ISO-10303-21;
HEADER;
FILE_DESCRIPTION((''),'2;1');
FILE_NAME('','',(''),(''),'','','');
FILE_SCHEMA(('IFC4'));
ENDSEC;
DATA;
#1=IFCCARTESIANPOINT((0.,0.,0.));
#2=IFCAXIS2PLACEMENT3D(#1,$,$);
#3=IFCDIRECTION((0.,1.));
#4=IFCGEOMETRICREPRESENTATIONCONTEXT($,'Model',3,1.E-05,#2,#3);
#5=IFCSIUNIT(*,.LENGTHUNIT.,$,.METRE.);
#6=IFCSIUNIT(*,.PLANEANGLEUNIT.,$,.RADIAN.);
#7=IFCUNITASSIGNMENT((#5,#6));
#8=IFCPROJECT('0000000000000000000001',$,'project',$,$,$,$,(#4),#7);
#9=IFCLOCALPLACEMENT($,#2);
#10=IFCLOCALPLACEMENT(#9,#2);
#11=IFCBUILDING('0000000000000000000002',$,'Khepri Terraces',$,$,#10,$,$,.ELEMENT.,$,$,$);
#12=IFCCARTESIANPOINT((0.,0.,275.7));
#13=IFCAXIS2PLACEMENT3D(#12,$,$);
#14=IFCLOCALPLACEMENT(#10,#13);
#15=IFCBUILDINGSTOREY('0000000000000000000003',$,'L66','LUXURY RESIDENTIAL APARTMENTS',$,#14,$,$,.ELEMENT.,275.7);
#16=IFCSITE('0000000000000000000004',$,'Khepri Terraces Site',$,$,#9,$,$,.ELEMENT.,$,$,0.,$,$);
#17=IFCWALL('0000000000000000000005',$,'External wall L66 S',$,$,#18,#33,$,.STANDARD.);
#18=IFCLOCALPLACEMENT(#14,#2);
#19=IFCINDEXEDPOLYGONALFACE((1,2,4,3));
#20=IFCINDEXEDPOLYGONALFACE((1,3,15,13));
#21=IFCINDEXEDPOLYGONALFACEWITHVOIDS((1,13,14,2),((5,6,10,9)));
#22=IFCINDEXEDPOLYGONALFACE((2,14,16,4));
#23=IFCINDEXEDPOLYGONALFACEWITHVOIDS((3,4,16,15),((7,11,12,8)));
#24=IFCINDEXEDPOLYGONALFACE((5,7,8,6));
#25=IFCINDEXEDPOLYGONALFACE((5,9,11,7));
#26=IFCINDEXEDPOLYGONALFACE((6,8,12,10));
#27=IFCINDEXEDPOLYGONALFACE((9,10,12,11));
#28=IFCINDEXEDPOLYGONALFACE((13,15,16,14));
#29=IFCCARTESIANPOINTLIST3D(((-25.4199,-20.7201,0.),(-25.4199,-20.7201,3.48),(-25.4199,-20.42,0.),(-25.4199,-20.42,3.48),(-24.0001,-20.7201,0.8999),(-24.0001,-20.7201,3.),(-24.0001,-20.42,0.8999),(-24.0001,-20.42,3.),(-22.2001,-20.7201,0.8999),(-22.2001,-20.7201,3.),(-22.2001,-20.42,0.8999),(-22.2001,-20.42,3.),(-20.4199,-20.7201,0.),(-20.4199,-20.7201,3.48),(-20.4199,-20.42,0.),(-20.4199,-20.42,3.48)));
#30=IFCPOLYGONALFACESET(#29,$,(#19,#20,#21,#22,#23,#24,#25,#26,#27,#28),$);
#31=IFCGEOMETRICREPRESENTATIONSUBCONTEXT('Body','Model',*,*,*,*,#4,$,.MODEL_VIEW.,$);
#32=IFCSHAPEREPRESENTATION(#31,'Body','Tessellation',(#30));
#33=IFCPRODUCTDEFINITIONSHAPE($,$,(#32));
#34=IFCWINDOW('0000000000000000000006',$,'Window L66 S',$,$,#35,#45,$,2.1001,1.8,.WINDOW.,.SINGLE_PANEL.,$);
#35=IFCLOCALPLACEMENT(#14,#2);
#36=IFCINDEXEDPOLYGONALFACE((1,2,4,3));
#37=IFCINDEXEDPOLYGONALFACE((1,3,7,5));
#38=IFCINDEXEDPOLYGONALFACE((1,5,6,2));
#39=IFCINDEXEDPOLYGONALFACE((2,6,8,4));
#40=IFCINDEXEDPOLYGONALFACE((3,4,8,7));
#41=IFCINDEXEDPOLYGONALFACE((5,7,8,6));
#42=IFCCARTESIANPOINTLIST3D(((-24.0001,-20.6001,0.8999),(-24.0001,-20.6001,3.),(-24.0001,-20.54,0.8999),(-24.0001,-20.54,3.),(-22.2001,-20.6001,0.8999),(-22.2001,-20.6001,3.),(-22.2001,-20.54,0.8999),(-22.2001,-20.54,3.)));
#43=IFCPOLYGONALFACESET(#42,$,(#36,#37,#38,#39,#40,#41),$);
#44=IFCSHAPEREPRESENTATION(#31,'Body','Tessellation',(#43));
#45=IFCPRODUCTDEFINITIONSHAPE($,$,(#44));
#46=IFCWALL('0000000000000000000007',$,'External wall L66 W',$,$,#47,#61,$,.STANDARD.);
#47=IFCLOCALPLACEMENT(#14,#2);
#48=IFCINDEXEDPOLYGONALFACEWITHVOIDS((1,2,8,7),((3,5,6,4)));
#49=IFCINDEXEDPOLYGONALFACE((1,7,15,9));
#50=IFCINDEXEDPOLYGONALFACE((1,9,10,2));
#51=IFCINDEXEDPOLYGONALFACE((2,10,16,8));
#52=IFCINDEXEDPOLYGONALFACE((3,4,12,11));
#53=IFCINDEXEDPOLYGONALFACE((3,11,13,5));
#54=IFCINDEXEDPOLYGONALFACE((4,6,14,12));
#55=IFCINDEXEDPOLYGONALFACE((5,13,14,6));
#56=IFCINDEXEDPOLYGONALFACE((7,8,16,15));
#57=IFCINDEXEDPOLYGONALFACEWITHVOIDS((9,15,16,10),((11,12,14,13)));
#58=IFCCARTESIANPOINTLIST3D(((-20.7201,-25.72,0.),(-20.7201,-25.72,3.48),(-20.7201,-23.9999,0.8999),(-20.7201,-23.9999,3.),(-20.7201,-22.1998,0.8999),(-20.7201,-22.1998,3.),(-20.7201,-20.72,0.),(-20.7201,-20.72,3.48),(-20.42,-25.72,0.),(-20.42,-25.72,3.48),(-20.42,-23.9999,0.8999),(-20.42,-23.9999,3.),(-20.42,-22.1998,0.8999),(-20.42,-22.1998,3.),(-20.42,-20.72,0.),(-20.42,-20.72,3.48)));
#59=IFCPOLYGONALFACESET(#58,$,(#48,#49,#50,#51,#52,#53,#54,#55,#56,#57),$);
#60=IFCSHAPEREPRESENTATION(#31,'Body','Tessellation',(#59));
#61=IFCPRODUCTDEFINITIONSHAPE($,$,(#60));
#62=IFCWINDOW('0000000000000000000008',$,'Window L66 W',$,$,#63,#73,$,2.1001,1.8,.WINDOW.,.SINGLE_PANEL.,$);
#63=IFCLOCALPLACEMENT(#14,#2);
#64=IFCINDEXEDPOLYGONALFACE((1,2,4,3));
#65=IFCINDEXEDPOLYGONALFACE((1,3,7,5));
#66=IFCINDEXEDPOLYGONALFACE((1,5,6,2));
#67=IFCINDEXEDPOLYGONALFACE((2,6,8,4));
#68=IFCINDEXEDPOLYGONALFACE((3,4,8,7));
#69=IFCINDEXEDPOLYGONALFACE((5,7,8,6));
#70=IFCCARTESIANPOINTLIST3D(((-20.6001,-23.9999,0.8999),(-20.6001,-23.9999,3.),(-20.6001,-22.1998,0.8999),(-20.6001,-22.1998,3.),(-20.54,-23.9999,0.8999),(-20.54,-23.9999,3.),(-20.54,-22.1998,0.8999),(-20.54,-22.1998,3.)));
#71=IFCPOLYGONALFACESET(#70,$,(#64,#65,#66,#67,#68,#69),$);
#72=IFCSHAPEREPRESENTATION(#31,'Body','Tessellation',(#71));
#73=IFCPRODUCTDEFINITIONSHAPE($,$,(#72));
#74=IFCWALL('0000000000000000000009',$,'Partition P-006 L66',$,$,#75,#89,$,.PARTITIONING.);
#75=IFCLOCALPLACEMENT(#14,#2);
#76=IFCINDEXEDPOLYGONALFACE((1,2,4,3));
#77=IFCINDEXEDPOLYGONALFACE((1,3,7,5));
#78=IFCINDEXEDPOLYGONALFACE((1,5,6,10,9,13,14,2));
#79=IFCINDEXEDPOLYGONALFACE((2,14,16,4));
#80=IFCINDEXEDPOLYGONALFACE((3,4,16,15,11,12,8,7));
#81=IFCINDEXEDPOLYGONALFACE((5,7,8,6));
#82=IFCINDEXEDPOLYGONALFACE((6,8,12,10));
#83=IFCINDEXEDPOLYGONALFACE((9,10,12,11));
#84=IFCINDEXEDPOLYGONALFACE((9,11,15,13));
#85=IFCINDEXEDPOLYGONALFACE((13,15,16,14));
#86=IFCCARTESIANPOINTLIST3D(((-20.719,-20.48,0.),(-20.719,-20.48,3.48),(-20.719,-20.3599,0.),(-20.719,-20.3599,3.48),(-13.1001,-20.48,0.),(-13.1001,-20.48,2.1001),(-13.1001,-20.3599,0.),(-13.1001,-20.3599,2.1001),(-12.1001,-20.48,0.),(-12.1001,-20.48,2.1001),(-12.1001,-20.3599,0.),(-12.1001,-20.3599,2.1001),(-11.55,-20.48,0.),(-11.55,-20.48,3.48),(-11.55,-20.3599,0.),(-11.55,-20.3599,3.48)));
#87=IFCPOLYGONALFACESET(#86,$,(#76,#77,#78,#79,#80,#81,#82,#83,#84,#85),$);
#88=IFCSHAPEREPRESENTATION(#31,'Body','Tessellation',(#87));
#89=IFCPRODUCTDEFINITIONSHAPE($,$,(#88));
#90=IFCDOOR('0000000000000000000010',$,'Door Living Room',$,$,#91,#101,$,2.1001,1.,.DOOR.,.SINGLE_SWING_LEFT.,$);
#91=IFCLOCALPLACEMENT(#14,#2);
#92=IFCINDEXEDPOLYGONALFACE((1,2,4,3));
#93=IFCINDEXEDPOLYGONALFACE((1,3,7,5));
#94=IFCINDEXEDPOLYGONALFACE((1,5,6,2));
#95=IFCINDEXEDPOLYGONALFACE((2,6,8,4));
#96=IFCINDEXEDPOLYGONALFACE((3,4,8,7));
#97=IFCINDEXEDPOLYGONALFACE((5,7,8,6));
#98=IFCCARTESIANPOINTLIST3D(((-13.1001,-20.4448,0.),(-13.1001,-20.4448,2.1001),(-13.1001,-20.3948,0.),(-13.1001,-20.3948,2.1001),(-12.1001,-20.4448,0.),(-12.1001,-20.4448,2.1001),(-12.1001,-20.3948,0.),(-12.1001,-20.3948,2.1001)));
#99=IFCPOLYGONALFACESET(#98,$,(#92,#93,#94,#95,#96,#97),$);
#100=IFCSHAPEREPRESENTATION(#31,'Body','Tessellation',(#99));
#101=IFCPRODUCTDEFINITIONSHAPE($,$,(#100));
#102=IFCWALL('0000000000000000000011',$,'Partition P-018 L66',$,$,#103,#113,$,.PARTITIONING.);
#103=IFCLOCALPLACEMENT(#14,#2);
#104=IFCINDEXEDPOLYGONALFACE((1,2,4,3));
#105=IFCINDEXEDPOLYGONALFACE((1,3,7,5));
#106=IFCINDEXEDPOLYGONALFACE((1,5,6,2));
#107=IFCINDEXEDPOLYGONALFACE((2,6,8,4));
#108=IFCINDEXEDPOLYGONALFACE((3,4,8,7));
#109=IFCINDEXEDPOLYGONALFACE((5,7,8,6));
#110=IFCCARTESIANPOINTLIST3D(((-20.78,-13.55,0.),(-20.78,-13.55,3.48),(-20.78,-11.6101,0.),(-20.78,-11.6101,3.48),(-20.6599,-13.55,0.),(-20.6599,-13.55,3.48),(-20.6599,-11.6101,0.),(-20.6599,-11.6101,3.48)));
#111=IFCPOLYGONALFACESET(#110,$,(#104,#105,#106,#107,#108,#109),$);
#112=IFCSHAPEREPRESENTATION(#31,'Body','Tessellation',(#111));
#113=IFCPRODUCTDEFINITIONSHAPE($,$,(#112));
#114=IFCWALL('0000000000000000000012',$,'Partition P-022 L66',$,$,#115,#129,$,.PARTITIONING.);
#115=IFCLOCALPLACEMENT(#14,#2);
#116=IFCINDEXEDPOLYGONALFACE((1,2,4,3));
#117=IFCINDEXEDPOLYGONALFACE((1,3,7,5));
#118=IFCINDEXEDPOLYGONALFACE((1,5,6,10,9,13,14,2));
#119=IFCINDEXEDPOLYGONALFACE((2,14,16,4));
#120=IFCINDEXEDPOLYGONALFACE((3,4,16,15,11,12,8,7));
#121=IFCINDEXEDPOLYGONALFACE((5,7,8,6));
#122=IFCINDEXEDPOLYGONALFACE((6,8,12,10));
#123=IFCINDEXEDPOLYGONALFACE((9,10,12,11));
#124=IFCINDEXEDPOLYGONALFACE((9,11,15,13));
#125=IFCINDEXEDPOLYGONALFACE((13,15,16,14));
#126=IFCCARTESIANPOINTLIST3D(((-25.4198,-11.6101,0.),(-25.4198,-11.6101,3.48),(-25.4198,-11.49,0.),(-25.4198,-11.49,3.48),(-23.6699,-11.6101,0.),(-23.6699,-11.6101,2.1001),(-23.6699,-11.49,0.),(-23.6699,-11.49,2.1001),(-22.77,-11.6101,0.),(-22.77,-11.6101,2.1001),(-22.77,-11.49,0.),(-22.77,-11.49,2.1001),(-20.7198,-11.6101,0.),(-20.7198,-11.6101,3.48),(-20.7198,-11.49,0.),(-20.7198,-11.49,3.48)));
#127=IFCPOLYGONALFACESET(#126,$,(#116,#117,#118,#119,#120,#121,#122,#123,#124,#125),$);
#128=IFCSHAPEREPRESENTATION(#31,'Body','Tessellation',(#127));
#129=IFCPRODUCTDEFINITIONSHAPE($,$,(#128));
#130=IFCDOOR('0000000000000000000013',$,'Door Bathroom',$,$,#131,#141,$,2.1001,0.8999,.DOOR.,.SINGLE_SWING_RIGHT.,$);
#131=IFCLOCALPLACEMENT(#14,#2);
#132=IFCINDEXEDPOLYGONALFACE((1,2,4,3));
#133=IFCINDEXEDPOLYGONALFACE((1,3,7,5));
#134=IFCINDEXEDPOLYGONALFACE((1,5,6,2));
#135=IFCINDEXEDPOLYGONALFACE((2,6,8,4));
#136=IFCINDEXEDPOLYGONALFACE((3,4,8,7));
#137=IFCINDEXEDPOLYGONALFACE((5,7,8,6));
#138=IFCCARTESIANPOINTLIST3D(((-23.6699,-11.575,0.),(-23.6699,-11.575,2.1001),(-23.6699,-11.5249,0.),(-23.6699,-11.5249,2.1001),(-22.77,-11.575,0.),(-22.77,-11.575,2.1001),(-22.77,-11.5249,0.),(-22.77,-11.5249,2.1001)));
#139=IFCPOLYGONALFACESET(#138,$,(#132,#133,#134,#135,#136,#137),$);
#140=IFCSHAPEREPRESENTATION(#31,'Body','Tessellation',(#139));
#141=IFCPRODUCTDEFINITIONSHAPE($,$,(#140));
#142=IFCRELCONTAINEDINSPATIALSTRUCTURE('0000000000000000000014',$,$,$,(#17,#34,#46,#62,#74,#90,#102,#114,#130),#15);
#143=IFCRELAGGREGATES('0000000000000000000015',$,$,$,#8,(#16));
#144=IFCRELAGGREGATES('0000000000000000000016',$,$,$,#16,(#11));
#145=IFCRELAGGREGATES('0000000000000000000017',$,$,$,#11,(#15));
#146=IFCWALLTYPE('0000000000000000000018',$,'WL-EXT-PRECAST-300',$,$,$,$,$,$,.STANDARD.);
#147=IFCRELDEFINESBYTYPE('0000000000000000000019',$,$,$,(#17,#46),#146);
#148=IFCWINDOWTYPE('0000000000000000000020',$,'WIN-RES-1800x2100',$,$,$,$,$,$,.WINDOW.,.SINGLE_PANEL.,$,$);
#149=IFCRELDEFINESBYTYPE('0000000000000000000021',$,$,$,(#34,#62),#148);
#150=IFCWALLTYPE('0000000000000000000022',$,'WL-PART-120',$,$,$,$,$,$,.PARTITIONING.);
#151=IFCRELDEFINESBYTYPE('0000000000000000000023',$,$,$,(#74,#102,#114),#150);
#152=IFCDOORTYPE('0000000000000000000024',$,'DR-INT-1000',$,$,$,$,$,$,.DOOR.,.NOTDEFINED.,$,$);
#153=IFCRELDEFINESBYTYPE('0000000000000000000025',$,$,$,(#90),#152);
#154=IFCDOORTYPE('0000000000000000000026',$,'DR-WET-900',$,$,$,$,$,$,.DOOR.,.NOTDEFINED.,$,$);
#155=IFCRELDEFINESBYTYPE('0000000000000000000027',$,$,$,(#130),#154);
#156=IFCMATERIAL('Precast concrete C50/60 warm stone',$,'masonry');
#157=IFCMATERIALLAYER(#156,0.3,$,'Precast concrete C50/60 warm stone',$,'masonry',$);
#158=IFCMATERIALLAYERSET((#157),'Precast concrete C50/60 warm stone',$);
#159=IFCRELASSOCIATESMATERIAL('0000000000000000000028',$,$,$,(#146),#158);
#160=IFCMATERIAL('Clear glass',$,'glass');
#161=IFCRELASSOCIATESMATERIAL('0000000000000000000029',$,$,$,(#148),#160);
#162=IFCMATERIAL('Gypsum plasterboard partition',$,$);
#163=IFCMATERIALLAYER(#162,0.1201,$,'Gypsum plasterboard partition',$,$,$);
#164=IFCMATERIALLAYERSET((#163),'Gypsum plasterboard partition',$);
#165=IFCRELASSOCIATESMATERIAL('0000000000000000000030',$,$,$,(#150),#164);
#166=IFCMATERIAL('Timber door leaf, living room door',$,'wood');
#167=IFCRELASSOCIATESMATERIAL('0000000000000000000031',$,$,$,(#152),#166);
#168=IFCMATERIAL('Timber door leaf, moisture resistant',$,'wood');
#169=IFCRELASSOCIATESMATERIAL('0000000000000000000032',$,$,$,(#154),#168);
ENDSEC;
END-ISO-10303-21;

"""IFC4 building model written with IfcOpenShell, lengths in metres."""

from ifc_helpers import new_model, si_unit, direction, frame, frame_2d, origin, place, context, subcontext, project, spatial, rectangle, extrude, material, layer, layer_set, type_object, element, fill, save


model = new_model("IFC4")

# Units and contexts
model_context = context("Model", 3, precision=1e-05, world=origin(), true_north=direction((0.0, 1.0)))
body_context = subcontext(model_context, "Body", "Model", "MODEL_VIEW")
ifc_project = project(units=[si_unit("LENGTHUNIT", "METRE"), si_unit("PLANEANGLEUNIT", "RADIAN")], contexts=[model_context])

# Site, building, storey
site_placement = place(None, origin())
site = spatial("IfcSite", under=ifc_project, at=site_placement, Name="Khepri Terraces Site", CompositionType="ELEMENT", RefElevation=0.0)
building_placement = place(site_placement, origin())
building = spatial("IfcBuilding", under=site, at=building_placement, Name="Khepri Terraces", CompositionType="ELEMENT")
storey_placement = place(building_placement, frame((0.0, 0.0, 275.7)))
storey = spatial("IfcBuildingStorey", under=building, at=storey_placement, Name="L66", Description="LUXURY RESIDENTIAL APARTMENTS", CompositionType="ELEMENT", Elevation=275.7)

# Shared definitions
ifc_material_1 = material(Name="Precast concrete C50/60 warm stone", Category="masonry")
ifc_layer_1 = layer(ifc_material_1, 0.3, Name="Precast concrete C50/60 warm stone", Category="masonry")
ifc_layer_set_1 = layer_set([ifc_layer_1], Name="Precast concrete C50/60 warm stone")
wall_type_1 = type_object("IfcWallType", Name="WL-EXT-PRECAST-300", PredefinedType="STANDARD", material=ifc_layer_set_1)
ifc_material_2 = material(Name="Clear glass", Category="glass")
window_type = type_object("IfcWindowType", Name="WIN-RES-1800x2100", PartitioningType="SINGLE_PANEL", PredefinedType="WINDOW", material=ifc_material_2)

# Walls, openings, windows
wall_1_placement = place(storey_placement, frame((-25.4199, -20.5701, 0.0), z_axis=(0.0, 0.0, 1.0), x_axis=(1.0, 0.0, 0.0)))
wall_1 = element("IfcWall", 1, at=wall_1_placement, inside=storey, type_object=wall_type_1, Name="External wall L66 S", PredefinedType="STANDARD", context=body_context, shape_type="SweptSolid", body=[
    extrude(rectangle(XDim=5.0, YDim=0.3, at=frame_2d((2.5, 0.0))), origin(), (0.0, 0.0, 1.0), 3.48),
])
opening_1_placement = place(wall_1_placement, frame((1.4199, 0.0, 0.8999)))
opening_1 = element("IfcOpeningElement", 2, at=opening_1_placement, cuts=wall_1, PredefinedType="OPENING", context=body_context, shape_type="SweptSolid", body=[
    extrude(rectangle(XDim=1.8, YDim=2.1001, at=frame_2d((0.8999, 1.05))), frame((0.0, 0.1602, 0.0), z_axis=(0.0, -1.0, 0.0), x_axis=(1.0, 0.0, 0.0)), (0.0, 0.0, 1.0), 0.3201),
])
window_1_placement = place(opening_1_placement, origin())
window_1 = element("IfcWindow", 3, at=window_1_placement, inside=storey, type_object=window_type, Name="Window L66 S", OverallHeight=2.1001, OverallWidth=1.8, PartitioningType="SINGLE_PANEL", PredefinedType="WINDOW", context=body_context, shape_type="SweptSolid", body=[
    extrude(rectangle(XDim=1.8, YDim=2.1001, at=frame_2d((0.8999, 1.05))), frame((0.0, 0.03, 0.0), z_axis=(0.0, -1.0, 0.0), x_axis=(1.0, 0.0, 0.0)), (0.0, 0.0, 1.0), 0.0601),
])
fill(opening_1, window_1)
wall_2_placement = place(storey_placement, frame((-20.5701, -20.72, 0.0), z_axis=(0.0, 0.0, 1.0), x_axis=(0.0, -1.0, 0.0)))
wall_2 = element("IfcWall", 4, at=wall_2_placement, inside=storey, type_object=wall_type_1, Name="External wall L66 W", PredefinedType="STANDARD", context=body_context, shape_type="SweptSolid", body=[
    extrude(rectangle(XDim=5.0, YDim=0.3, at=frame_2d((2.5, 0.0))), origin(), (0.0, 0.0, 1.0), 3.48),
])
opening_2_placement = place(wall_2_placement, frame((1.48, 0.0, 0.8999)))
opening_2 = element("IfcOpeningElement", 5, at=opening_2_placement, cuts=wall_2, PredefinedType="OPENING", context=body_context, shape_type="SweptSolid", body=[
    extrude(rectangle(XDim=1.8, YDim=2.1001, at=frame_2d((0.8999, 1.05))), frame((0.0, 0.1602, 0.0), z_axis=(0.0, -1.0, 0.0), x_axis=(1.0, 0.0, 0.0)), (0.0, 0.0, 1.0), 0.3201),
])
window_2_placement = place(opening_2_placement, origin())
window_2 = element("IfcWindow", 6, at=window_2_placement, inside=storey, type_object=window_type, Name="Window L66 W", OverallHeight=2.1001, OverallWidth=1.8, PartitioningType="SINGLE_PANEL", PredefinedType="WINDOW", context=body_context, shape_type="SweptSolid", body=[
    extrude(rectangle(XDim=1.8, YDim=2.1001, at=frame_2d((0.8999, 1.05))), frame((0.0, 0.03, 0.0), z_axis=(0.0, -1.0, 0.0), x_axis=(1.0, 0.0, 0.0)), (0.0, 0.0, 1.0), 0.0601),
])
fill(opening_2, window_2)

# Wall, opening, door
ifc_material_3 = material(Name="Gypsum plasterboard partition")
ifc_layer_2 = layer(ifc_material_3, 0.1201, Name="Gypsum plasterboard partition")
ifc_layer_set_2 = layer_set([ifc_layer_2], Name="Gypsum plasterboard partition")
wall_type_2 = type_object("IfcWallType", Name="WL-PART-120", PredefinedType="PARTITIONING", material=ifc_layer_set_2)
wall_3_placement = place(storey_placement, frame((-20.719, -20.4199, 0.0), z_axis=(0.0, 0.0, 1.0), x_axis=(1.0, 0.0, 0.0)))
wall_3 = element("IfcWall", 7, at=wall_3_placement, inside=storey, type_object=wall_type_2, Name="Partition P-006 L66", PredefinedType="PARTITIONING", context=body_context, shape_type="SweptSolid", body=[
    extrude(rectangle(XDim=9.1689, YDim=0.1201, at=frame_2d((4.5845, 0.0))), origin(), (0.0, 0.0, 1.0), 3.48),
])
opening_3_placement = place(wall_3_placement, frame((7.6189, 0.0, 0.0)))
opening_3 = element("IfcOpeningElement", 8, at=opening_3_placement, cuts=wall_3, PredefinedType="OPENING", context=body_context, shape_type="SweptSolid", body=[
    extrude(rectangle(XDim=1.0, YDim=2.1001, at=frame_2d((0.5, 1.05))), frame((0.0, 0.0701, 0.0), z_axis=(0.0, -1.0, 0.0), x_axis=(1.0, 0.0, 0.0)), (0.0, 0.0, 1.0), 0.1401),
])
ifc_material_4 = material(Name="Timber door leaf, living room door", Category="wood")
door_type_1 = type_object("IfcDoorType", Name="DR-INT-1000", OperationType="NOTDEFINED", PredefinedType="DOOR", material=ifc_material_4)
door_1_placement = place(opening_3_placement, frame((1.0, 0.0, 0.0), z_axis=(0.0, 0.0, 1.0), x_axis=(-1.0, 0.0, 0.0)))
door_1 = element("IfcDoor", 9, at=door_1_placement, inside=storey, type_object=door_type_1, Name="Door Living Room", OperationType="SINGLE_SWING_LEFT", OverallHeight=2.1001, OverallWidth=1.0, PredefinedType="DOOR", context=body_context, shape_type="SweptSolid", body=[
    extrude(rectangle(XDim=1.0, YDim=2.1001, at=frame_2d((0.5, 1.05))), frame((0.0, 0.0249, 0.0), z_axis=(0.0, -1.0, 0.0), x_axis=(1.0, 0.0, 0.0)), (0.0, 0.0, 1.0), 0.05),
])
fill(opening_3, door_1)

# Wall
wall_4_placement = place(storey_placement, frame((-20.72, -13.55, 0.0), z_axis=(0.0, 0.0, 1.0), x_axis=(0.0, 1.0, 0.0)))
element("IfcWall", 10, at=wall_4_placement, inside=storey, type_object=wall_type_2, Name="Partition P-018 L66", PredefinedType="PARTITIONING", context=body_context, shape_type="SweptSolid", body=[
    extrude(rectangle(XDim=1.9399, YDim=0.1201, at=frame_2d((0.97, 0.0))), origin(), (0.0, 0.0, 1.0), 3.48),
])

# Wall, opening, door
wall_5_placement = place(storey_placement, frame((-25.4199, -11.55, 0.0), z_axis=(0.0, 0.0, 1.0), x_axis=(1.0, 0.0, 0.0)))
wall_5 = element("IfcWall", 11, at=wall_5_placement, inside=storey, type_object=wall_type_2, Name="Partition P-022 L66", PredefinedType="PARTITIONING", context=body_context, shape_type="SweptSolid", body=[
    extrude(rectangle(XDim=4.7, YDim=0.1201, at=frame_2d((2.3501, 0.0))), origin(), (0.0, 0.0, 1.0), 3.48),
])
opening_4_placement = place(wall_5_placement, frame((1.75, 0.0, 0.0)))
opening_4 = element("IfcOpeningElement", 12, at=opening_4_placement, cuts=wall_5, PredefinedType="OPENING", context=body_context, shape_type="SweptSolid", body=[
    extrude(rectangle(XDim=0.8999, YDim=2.1001, at=frame_2d((0.45, 1.05))), frame((0.0, 0.0701, 0.0), z_axis=(0.0, -1.0, 0.0), x_axis=(1.0, 0.0, 0.0)), (0.0, 0.0, 1.0), 0.1401),
])
ifc_material_5 = material(Name="Timber door leaf, moisture resistant", Category="wood")
door_type_2 = type_object("IfcDoorType", Name="DR-WET-900", OperationType="NOTDEFINED", PredefinedType="DOOR", material=ifc_material_5)
door_2_placement = place(opening_4_placement, frame((0.8999, 0.0, 0.0), z_axis=(0.0, 0.0, 1.0), x_axis=(-1.0, 0.0, 0.0)))
door_2 = element("IfcDoor", 13, at=door_2_placement, inside=storey, type_object=door_type_2, Name="Door Bathroom", OperationType="SINGLE_SWING_RIGHT", OverallHeight=2.1001, OverallWidth=0.8999, PredefinedType="DOOR", context=body_context, shape_type="SweptSolid", body=[
    extrude(rectangle(XDim=0.8999, YDim=2.1001, at=frame_2d((0.45, 1.05))), frame((0.0, 0.0249, 0.0), z_axis=(0.0, -1.0, 0.0), x_axis=(1.0, 0.0, 0.0)), (0.0, 0.0, 1.0), 0.05),
])
fill(opening_4, door_2)

save(model, "model.ifc")
